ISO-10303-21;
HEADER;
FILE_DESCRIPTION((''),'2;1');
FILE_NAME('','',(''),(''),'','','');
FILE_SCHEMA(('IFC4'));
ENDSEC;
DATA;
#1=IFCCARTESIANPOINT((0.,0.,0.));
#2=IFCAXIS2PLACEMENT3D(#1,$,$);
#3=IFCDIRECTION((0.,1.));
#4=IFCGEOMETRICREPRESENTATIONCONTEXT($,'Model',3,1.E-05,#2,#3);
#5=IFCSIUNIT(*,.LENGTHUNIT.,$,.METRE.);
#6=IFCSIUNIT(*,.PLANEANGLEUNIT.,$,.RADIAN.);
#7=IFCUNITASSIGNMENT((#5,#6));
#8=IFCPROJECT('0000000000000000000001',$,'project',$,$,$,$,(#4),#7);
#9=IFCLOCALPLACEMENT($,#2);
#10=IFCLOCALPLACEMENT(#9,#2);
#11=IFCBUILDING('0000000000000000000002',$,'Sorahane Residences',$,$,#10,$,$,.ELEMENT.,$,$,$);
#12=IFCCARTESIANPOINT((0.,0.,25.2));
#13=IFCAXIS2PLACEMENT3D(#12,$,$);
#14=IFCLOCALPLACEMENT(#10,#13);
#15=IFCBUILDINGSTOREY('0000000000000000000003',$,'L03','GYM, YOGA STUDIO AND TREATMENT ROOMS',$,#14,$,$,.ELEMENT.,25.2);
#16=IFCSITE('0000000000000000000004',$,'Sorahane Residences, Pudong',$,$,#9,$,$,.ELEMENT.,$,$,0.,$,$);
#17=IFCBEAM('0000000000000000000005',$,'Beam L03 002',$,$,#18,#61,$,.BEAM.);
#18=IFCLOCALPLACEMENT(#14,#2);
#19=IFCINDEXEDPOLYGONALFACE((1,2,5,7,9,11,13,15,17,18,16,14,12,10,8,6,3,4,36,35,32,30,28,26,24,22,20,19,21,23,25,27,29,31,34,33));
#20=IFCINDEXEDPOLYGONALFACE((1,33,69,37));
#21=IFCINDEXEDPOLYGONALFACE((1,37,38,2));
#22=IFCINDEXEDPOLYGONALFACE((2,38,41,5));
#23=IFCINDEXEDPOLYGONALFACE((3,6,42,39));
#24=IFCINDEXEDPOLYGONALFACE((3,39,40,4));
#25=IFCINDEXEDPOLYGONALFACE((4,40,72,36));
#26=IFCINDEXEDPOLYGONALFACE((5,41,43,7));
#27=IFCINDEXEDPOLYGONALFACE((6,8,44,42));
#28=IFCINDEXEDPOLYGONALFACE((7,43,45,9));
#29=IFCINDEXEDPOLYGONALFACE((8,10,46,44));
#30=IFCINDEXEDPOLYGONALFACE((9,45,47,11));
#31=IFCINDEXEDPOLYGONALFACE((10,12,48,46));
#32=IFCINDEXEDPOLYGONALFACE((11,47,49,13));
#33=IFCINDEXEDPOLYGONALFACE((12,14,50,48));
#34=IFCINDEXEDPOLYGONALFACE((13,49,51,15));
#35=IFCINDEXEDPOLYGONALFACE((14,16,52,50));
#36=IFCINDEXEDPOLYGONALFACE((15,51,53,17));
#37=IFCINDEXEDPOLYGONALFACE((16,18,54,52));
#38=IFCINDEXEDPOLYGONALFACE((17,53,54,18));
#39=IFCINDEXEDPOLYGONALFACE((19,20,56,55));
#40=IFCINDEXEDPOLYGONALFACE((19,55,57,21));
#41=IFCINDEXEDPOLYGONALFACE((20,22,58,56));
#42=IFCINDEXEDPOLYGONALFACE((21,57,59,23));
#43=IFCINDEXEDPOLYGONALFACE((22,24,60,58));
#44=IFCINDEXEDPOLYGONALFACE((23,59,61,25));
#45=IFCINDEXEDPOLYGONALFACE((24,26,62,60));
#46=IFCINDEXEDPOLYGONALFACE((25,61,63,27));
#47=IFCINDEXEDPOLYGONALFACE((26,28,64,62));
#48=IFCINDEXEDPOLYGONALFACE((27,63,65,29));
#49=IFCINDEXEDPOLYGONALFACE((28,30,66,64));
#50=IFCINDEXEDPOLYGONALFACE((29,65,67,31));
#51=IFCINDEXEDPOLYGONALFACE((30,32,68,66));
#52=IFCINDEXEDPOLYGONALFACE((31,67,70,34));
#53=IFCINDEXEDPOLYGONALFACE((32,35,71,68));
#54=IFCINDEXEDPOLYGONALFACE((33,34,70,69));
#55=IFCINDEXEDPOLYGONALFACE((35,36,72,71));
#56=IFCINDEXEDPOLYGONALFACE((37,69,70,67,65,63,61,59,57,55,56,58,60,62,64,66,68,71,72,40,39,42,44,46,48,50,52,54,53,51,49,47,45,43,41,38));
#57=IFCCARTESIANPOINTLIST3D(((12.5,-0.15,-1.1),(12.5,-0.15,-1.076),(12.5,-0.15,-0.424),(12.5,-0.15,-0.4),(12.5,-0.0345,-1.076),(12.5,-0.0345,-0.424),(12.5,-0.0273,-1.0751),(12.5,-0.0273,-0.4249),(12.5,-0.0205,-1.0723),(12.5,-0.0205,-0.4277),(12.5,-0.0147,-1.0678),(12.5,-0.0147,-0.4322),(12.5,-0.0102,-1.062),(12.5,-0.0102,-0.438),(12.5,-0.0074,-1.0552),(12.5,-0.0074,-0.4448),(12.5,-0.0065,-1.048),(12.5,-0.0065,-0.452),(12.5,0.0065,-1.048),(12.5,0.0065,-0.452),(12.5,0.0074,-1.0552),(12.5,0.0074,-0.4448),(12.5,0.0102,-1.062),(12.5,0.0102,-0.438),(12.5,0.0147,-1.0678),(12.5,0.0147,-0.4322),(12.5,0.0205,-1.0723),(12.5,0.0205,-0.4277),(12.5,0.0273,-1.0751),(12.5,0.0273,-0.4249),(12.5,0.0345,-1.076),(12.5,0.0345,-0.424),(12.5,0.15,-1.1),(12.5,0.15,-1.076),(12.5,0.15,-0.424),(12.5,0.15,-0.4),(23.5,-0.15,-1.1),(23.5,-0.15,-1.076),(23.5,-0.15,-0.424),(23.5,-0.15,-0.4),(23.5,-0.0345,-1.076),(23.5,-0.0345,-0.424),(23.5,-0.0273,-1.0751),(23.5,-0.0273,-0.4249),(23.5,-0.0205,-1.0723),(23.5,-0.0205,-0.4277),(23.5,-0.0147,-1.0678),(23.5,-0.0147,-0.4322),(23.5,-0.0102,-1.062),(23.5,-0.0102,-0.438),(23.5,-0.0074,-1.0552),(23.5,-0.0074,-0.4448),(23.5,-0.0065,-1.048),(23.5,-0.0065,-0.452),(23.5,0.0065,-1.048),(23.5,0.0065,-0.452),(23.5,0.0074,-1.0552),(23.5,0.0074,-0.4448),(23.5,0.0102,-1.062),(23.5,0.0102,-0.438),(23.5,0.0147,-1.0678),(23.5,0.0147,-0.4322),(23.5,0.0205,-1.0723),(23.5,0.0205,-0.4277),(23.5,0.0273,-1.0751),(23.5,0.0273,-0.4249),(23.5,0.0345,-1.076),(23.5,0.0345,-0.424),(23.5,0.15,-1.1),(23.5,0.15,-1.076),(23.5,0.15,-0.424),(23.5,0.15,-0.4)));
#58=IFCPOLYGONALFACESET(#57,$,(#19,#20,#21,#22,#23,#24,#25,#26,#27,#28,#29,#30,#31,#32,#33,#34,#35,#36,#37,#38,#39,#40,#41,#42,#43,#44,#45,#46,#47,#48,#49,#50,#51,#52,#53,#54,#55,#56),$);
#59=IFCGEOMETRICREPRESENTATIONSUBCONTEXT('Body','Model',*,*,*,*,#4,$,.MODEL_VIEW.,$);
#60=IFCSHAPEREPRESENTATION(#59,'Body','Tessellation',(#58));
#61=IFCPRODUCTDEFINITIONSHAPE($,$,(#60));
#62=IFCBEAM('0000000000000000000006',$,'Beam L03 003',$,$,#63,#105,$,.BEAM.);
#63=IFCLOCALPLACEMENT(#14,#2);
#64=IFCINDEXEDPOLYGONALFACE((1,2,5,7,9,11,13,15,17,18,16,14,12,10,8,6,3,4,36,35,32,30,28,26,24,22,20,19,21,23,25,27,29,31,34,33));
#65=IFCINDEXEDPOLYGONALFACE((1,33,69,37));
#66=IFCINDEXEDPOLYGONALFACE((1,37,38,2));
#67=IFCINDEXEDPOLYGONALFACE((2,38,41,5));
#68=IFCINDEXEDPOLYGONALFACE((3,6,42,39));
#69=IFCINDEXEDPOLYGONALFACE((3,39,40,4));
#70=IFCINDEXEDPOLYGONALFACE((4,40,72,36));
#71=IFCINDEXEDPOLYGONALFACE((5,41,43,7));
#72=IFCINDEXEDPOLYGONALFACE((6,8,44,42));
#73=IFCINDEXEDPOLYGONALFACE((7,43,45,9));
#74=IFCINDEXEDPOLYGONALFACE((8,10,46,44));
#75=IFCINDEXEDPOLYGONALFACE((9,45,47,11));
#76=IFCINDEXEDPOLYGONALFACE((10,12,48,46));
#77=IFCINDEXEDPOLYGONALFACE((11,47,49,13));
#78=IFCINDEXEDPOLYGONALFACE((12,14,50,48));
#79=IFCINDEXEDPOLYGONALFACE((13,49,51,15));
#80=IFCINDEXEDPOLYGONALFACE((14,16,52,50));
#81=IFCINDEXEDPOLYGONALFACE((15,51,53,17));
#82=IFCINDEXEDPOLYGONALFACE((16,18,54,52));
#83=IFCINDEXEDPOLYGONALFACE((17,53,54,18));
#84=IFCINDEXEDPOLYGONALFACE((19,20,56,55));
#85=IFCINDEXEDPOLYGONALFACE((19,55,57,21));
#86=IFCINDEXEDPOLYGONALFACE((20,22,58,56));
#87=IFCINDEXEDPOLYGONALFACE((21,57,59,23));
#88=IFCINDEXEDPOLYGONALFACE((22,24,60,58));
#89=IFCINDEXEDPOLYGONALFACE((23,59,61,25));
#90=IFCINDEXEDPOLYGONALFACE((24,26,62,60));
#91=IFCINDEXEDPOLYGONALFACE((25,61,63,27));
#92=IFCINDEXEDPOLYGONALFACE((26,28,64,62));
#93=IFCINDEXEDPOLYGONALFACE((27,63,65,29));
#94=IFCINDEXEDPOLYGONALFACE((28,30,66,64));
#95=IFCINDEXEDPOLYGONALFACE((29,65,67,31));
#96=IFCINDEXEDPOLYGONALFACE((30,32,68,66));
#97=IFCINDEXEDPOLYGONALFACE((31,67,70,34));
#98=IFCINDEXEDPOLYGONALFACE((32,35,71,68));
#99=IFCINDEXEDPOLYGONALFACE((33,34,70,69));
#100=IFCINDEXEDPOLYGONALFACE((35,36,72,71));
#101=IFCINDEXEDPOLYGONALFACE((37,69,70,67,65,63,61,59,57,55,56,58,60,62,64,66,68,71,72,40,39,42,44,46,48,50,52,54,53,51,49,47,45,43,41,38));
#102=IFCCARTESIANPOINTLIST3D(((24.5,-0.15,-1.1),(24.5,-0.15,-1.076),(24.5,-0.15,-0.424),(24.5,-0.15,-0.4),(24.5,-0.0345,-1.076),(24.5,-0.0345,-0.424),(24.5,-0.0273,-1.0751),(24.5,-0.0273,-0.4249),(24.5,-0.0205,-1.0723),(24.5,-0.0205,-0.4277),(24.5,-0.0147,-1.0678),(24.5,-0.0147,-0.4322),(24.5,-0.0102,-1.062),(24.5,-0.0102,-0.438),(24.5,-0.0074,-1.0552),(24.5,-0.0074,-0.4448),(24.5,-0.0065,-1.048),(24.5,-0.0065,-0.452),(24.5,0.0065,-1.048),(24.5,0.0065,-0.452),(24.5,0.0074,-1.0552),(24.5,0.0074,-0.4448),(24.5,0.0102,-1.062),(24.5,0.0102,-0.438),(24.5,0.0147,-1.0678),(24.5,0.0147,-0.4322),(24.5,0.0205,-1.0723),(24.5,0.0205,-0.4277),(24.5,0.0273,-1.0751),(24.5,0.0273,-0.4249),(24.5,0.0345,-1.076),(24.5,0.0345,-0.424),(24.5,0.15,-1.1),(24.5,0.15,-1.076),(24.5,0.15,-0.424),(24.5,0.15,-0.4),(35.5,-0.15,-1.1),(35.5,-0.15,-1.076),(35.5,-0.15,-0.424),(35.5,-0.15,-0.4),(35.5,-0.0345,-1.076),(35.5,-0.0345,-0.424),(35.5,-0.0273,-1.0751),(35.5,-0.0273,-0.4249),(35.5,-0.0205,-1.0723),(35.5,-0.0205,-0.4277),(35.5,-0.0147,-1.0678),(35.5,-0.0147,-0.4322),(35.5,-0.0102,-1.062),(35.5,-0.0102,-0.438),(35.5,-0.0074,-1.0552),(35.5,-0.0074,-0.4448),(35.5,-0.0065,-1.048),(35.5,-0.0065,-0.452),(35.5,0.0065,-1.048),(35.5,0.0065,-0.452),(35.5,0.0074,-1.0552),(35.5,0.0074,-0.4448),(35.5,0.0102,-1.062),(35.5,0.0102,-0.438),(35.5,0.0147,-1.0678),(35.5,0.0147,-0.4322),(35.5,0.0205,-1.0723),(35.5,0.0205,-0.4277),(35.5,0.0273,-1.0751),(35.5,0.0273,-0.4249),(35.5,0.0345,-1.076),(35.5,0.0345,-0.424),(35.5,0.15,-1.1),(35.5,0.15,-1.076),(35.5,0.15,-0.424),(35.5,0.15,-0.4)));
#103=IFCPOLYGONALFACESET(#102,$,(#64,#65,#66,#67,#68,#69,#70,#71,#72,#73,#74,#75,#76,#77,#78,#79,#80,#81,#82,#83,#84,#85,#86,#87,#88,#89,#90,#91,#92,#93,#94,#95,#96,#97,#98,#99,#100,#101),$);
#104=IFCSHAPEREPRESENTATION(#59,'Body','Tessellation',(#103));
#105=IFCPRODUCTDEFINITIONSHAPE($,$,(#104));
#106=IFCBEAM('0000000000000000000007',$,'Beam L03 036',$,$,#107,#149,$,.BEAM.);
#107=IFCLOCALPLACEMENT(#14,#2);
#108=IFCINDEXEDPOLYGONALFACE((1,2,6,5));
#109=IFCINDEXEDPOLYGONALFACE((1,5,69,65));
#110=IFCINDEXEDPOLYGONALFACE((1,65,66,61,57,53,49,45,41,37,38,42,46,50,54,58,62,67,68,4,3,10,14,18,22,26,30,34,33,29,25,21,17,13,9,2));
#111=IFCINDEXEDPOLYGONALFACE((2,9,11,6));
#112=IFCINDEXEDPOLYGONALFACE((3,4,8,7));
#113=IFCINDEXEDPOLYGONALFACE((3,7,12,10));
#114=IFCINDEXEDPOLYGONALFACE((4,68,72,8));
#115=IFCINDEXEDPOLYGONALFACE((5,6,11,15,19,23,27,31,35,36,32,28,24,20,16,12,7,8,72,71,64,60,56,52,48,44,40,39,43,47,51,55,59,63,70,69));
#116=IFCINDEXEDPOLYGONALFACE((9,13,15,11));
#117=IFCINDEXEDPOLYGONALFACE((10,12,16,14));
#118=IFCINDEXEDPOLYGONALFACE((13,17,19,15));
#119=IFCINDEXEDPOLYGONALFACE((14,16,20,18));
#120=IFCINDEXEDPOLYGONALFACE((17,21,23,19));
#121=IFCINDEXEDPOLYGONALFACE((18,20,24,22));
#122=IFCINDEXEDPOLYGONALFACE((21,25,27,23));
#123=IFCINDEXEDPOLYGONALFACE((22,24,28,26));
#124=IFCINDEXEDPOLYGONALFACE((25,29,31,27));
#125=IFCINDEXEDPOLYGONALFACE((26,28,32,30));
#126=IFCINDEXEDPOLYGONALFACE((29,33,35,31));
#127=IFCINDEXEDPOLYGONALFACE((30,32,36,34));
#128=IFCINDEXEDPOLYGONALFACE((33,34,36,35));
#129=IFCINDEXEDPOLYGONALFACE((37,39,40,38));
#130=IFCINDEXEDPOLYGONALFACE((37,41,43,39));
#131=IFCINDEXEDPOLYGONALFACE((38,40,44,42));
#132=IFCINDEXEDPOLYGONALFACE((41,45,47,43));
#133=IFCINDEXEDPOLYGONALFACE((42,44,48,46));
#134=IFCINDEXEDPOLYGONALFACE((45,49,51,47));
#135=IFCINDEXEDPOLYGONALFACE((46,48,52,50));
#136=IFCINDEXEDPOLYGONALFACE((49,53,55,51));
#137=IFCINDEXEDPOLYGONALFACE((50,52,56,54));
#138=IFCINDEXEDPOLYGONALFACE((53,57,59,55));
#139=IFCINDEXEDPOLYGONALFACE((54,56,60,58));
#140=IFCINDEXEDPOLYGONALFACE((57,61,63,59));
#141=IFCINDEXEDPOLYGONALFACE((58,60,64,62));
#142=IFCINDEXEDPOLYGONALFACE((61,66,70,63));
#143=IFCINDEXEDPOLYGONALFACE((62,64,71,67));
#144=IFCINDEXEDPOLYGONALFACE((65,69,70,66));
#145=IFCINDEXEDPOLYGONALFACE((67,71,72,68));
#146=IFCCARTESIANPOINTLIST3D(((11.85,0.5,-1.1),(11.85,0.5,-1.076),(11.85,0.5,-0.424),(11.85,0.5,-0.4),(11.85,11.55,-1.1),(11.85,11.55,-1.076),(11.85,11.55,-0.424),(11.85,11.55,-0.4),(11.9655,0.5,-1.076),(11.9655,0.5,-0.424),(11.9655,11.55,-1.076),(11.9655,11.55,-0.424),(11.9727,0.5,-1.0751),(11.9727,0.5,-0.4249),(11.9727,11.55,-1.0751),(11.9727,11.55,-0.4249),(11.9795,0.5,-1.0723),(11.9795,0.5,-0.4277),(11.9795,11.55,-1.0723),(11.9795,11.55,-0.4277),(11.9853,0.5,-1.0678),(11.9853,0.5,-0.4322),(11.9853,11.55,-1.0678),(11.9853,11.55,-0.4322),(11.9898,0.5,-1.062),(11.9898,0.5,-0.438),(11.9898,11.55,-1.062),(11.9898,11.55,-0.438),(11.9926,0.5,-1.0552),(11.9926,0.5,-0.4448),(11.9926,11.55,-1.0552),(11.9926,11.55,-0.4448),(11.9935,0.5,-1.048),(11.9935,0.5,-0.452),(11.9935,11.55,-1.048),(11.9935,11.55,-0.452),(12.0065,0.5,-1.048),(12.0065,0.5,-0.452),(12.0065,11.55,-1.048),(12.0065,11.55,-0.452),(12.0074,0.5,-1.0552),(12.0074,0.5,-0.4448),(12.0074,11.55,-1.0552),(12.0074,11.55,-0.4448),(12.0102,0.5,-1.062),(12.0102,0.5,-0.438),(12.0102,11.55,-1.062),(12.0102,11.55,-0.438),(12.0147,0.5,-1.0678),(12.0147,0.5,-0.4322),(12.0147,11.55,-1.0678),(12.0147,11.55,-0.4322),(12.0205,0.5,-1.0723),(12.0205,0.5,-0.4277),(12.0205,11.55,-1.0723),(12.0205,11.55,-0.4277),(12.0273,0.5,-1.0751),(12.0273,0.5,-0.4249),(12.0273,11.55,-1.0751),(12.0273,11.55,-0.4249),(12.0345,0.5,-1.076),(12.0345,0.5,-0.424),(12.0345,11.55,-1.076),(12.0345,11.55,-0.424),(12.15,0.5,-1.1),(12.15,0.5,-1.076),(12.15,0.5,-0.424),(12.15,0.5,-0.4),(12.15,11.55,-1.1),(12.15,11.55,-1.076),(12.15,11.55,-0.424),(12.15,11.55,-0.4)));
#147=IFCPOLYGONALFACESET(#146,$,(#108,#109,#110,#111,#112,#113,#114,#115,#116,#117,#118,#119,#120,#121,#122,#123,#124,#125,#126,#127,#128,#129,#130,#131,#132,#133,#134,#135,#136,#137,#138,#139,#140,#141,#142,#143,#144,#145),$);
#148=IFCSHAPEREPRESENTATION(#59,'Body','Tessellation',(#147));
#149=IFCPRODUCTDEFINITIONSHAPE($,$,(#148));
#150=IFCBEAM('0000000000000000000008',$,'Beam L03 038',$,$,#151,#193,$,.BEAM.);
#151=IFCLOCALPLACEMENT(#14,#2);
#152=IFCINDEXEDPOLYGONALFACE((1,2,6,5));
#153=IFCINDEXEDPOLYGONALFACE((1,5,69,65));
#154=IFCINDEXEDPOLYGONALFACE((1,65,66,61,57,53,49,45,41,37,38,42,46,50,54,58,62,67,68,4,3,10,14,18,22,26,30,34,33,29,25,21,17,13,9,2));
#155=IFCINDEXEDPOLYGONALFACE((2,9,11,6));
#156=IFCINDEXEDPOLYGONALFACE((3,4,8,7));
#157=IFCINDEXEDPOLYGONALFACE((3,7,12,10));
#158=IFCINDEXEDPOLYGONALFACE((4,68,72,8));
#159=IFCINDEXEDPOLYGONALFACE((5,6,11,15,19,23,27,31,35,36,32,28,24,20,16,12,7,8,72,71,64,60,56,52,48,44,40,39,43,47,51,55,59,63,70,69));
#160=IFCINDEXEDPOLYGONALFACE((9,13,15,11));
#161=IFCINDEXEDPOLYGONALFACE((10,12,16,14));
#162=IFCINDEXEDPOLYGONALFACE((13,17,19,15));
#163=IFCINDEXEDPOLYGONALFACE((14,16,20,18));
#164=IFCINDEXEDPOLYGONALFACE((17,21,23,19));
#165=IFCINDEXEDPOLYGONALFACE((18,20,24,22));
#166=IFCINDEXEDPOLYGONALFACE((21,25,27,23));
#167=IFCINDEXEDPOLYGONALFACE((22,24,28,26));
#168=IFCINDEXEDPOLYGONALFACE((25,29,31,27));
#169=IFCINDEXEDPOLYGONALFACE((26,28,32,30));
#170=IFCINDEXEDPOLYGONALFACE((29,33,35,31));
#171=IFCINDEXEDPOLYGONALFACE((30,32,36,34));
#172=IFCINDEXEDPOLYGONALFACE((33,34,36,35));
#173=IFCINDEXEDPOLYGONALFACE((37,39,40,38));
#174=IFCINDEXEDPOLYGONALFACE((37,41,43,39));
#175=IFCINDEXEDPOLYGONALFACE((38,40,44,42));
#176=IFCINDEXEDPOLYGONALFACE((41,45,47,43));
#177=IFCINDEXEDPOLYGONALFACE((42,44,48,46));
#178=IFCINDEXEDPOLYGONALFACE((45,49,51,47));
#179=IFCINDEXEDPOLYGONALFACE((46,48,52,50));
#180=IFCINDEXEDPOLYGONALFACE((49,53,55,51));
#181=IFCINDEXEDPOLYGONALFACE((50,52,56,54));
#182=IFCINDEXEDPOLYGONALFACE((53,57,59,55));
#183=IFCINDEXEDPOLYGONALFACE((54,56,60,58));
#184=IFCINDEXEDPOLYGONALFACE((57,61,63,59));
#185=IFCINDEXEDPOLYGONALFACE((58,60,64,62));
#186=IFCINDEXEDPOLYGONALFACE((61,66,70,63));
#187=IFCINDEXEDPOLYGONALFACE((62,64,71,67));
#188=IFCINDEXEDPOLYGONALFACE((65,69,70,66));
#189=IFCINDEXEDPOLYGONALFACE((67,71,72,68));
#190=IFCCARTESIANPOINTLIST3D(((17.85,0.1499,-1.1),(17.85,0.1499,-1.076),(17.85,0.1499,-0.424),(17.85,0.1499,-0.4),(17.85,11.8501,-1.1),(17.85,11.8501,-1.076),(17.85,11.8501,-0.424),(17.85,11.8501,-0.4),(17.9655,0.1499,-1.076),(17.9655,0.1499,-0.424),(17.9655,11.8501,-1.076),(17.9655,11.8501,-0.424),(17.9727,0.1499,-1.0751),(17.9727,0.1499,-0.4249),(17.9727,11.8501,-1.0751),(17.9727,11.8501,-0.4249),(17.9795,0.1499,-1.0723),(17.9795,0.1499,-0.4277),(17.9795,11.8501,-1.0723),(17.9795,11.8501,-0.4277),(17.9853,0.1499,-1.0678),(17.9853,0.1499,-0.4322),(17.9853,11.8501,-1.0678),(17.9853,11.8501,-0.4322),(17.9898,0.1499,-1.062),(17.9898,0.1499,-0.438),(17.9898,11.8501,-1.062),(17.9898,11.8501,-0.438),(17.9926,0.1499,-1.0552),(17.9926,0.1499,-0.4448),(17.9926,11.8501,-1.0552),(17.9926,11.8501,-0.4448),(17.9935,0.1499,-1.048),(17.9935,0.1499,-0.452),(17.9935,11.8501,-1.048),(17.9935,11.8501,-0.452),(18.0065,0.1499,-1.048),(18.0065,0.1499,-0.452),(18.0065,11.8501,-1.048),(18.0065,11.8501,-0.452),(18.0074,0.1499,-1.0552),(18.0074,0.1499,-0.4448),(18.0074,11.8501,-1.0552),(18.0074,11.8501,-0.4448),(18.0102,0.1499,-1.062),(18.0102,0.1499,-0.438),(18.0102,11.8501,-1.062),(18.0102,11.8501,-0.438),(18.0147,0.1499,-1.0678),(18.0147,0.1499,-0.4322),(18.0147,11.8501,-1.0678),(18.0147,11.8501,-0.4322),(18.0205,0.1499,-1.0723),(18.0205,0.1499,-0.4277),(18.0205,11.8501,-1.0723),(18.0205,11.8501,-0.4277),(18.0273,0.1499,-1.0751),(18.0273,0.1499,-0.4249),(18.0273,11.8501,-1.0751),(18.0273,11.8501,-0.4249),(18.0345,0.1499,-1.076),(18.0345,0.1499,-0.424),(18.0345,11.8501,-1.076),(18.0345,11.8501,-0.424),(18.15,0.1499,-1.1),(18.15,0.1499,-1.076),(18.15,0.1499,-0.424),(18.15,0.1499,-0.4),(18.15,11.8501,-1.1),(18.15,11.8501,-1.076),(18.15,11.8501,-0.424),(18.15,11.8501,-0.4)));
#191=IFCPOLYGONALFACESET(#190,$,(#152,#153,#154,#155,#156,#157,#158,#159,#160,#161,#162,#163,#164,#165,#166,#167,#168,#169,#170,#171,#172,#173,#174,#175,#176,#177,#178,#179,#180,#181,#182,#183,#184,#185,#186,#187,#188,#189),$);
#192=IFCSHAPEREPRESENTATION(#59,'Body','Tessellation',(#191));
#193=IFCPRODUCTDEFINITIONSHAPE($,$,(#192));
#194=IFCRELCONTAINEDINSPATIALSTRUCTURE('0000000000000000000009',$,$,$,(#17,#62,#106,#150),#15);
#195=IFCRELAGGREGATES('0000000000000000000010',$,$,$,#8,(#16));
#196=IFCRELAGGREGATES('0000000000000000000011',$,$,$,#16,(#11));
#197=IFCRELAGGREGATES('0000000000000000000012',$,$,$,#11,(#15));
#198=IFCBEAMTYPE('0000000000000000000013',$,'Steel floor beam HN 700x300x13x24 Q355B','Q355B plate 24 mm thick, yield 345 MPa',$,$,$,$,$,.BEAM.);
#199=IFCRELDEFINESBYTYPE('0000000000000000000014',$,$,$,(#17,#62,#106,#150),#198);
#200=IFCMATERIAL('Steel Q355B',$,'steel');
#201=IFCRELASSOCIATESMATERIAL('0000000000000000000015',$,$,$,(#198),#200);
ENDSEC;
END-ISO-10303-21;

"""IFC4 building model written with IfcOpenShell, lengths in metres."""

from ifc_helpers import new_model, si_unit, direction, frame, origin, origin_2d, place, context, subcontext, project, spatial, i_section, extrude, material, material_profile, profile_set, type_object, element, save


model = new_model("IFC4")

# Units and contexts
model_context = context("Model", 3, precision=1e-05, world=origin(), true_north=direction((0.0, 1.0)))
body_context = subcontext(model_context, "Body", "Model", "MODEL_VIEW")
ifc_project = project(units=[si_unit("LENGTHUNIT", "METRE"), si_unit("PLANEANGLEUNIT", "RADIAN")], contexts=[model_context])

# Site, building, storey
site_placement = place(None, origin())
site = spatial("IfcSite", under=ifc_project, at=site_placement, Name="Sorahane Residences, Pudong", CompositionType="ELEMENT", RefElevation=0.0)
building_placement = place(site_placement, origin())
building = spatial("IfcBuilding", under=site, at=building_placement, Name="Sorahane Residences", CompositionType="ELEMENT")
storey_placement = place(building_placement, frame((0.0, 0.0, 25.2)))
storey = spatial("IfcBuildingStorey", under=building, at=storey_placement, Name="L03", Description="GYM, YOGA STUDIO AND TREATMENT ROOMS", CompositionType="ELEMENT", Elevation=25.2)

# Beams
ifc_material_1 = material(Name="Steel Q355B", Category="steel")
ifc_material_profile_1 = material_profile(ifc_material_1, i_section(OverallWidth=0.3, OverallDepth=0.7, WebThickness=0.0129, FlangeThickness=0.0239, FilletRadius=0.0281, at=origin_2d()), Name="HN 700x300x13x24")
ifc_profile_set_1 = profile_set([ifc_material_profile_1], Name="Steel Q355B")
beam_type_1 = type_object("IfcBeamType", Name="Steel floor beam HN 700x300x13x24 Q355B", Description="Q355B plate 24 mm thick, yield 345 MPa", PredefinedType="BEAM", material=ifc_profile_set_1)
for number, where, z_axis, x_axis, name in (
    (1, (12.5, 0.0, -0.75), (1.0, 0.0, 0.0), (0.0, 1.0, 0.0), "Beam L03 002"),
    (2, (24.5, 0.0, -0.75), (1.0, 0.0, 0.0), (0.0, 1.0, 0.0), "Beam L03 003"),
):
    element("IfcBeam", number, at=place(storey_placement, frame(where, z_axis=z_axis, x_axis=x_axis)), inside=storey, type_object=beam_type_1, Name=name, PredefinedType="BEAM", context=body_context, shape_type="SweptSolid", body=[
        extrude(i_section(OverallWidth=0.3, OverallDepth=0.7, WebThickness=0.0129, FlangeThickness=0.0239, FilletRadius=0.0281, at=origin_2d()), origin(), (0.0, 0.0, 1.0), 11.0),
    ])
beam_1_placement = place(storey_placement, frame((12.0, 0.5, -0.75), z_axis=(0.0, 1.0, 0.0), x_axis=(-1.0, 0.0, 0.0)))
element("IfcBeam", 3, at=beam_1_placement, inside=storey, type_object=beam_type_1, Name="Beam L03 036", PredefinedType="BEAM", context=body_context, shape_type="SweptSolid", body=[
    extrude(i_section(OverallWidth=0.3, OverallDepth=0.7, WebThickness=0.0129, FlangeThickness=0.0239, FilletRadius=0.0281, at=origin_2d()), origin(), (0.0, 0.0, 1.0), 11.05),
])
beam_2_placement = place(storey_placement, frame((18.0, 0.1499, -0.75), z_axis=(0.0, 1.0, 0.0), x_axis=(-1.0, 0.0, 0.0)))
element("IfcBeam", 4, at=beam_2_placement, inside=storey, type_object=beam_type_1, Name="Beam L03 038", PredefinedType="BEAM", context=body_context, shape_type="SweptSolid", body=[
    extrude(i_section(OverallWidth=0.3, OverallDepth=0.7, WebThickness=0.0129, FlangeThickness=0.0239, FilletRadius=0.0281, at=origin_2d()), origin(), (0.0, 0.0, 1.0), 11.7002),
])

save(model, "model.ifc")
